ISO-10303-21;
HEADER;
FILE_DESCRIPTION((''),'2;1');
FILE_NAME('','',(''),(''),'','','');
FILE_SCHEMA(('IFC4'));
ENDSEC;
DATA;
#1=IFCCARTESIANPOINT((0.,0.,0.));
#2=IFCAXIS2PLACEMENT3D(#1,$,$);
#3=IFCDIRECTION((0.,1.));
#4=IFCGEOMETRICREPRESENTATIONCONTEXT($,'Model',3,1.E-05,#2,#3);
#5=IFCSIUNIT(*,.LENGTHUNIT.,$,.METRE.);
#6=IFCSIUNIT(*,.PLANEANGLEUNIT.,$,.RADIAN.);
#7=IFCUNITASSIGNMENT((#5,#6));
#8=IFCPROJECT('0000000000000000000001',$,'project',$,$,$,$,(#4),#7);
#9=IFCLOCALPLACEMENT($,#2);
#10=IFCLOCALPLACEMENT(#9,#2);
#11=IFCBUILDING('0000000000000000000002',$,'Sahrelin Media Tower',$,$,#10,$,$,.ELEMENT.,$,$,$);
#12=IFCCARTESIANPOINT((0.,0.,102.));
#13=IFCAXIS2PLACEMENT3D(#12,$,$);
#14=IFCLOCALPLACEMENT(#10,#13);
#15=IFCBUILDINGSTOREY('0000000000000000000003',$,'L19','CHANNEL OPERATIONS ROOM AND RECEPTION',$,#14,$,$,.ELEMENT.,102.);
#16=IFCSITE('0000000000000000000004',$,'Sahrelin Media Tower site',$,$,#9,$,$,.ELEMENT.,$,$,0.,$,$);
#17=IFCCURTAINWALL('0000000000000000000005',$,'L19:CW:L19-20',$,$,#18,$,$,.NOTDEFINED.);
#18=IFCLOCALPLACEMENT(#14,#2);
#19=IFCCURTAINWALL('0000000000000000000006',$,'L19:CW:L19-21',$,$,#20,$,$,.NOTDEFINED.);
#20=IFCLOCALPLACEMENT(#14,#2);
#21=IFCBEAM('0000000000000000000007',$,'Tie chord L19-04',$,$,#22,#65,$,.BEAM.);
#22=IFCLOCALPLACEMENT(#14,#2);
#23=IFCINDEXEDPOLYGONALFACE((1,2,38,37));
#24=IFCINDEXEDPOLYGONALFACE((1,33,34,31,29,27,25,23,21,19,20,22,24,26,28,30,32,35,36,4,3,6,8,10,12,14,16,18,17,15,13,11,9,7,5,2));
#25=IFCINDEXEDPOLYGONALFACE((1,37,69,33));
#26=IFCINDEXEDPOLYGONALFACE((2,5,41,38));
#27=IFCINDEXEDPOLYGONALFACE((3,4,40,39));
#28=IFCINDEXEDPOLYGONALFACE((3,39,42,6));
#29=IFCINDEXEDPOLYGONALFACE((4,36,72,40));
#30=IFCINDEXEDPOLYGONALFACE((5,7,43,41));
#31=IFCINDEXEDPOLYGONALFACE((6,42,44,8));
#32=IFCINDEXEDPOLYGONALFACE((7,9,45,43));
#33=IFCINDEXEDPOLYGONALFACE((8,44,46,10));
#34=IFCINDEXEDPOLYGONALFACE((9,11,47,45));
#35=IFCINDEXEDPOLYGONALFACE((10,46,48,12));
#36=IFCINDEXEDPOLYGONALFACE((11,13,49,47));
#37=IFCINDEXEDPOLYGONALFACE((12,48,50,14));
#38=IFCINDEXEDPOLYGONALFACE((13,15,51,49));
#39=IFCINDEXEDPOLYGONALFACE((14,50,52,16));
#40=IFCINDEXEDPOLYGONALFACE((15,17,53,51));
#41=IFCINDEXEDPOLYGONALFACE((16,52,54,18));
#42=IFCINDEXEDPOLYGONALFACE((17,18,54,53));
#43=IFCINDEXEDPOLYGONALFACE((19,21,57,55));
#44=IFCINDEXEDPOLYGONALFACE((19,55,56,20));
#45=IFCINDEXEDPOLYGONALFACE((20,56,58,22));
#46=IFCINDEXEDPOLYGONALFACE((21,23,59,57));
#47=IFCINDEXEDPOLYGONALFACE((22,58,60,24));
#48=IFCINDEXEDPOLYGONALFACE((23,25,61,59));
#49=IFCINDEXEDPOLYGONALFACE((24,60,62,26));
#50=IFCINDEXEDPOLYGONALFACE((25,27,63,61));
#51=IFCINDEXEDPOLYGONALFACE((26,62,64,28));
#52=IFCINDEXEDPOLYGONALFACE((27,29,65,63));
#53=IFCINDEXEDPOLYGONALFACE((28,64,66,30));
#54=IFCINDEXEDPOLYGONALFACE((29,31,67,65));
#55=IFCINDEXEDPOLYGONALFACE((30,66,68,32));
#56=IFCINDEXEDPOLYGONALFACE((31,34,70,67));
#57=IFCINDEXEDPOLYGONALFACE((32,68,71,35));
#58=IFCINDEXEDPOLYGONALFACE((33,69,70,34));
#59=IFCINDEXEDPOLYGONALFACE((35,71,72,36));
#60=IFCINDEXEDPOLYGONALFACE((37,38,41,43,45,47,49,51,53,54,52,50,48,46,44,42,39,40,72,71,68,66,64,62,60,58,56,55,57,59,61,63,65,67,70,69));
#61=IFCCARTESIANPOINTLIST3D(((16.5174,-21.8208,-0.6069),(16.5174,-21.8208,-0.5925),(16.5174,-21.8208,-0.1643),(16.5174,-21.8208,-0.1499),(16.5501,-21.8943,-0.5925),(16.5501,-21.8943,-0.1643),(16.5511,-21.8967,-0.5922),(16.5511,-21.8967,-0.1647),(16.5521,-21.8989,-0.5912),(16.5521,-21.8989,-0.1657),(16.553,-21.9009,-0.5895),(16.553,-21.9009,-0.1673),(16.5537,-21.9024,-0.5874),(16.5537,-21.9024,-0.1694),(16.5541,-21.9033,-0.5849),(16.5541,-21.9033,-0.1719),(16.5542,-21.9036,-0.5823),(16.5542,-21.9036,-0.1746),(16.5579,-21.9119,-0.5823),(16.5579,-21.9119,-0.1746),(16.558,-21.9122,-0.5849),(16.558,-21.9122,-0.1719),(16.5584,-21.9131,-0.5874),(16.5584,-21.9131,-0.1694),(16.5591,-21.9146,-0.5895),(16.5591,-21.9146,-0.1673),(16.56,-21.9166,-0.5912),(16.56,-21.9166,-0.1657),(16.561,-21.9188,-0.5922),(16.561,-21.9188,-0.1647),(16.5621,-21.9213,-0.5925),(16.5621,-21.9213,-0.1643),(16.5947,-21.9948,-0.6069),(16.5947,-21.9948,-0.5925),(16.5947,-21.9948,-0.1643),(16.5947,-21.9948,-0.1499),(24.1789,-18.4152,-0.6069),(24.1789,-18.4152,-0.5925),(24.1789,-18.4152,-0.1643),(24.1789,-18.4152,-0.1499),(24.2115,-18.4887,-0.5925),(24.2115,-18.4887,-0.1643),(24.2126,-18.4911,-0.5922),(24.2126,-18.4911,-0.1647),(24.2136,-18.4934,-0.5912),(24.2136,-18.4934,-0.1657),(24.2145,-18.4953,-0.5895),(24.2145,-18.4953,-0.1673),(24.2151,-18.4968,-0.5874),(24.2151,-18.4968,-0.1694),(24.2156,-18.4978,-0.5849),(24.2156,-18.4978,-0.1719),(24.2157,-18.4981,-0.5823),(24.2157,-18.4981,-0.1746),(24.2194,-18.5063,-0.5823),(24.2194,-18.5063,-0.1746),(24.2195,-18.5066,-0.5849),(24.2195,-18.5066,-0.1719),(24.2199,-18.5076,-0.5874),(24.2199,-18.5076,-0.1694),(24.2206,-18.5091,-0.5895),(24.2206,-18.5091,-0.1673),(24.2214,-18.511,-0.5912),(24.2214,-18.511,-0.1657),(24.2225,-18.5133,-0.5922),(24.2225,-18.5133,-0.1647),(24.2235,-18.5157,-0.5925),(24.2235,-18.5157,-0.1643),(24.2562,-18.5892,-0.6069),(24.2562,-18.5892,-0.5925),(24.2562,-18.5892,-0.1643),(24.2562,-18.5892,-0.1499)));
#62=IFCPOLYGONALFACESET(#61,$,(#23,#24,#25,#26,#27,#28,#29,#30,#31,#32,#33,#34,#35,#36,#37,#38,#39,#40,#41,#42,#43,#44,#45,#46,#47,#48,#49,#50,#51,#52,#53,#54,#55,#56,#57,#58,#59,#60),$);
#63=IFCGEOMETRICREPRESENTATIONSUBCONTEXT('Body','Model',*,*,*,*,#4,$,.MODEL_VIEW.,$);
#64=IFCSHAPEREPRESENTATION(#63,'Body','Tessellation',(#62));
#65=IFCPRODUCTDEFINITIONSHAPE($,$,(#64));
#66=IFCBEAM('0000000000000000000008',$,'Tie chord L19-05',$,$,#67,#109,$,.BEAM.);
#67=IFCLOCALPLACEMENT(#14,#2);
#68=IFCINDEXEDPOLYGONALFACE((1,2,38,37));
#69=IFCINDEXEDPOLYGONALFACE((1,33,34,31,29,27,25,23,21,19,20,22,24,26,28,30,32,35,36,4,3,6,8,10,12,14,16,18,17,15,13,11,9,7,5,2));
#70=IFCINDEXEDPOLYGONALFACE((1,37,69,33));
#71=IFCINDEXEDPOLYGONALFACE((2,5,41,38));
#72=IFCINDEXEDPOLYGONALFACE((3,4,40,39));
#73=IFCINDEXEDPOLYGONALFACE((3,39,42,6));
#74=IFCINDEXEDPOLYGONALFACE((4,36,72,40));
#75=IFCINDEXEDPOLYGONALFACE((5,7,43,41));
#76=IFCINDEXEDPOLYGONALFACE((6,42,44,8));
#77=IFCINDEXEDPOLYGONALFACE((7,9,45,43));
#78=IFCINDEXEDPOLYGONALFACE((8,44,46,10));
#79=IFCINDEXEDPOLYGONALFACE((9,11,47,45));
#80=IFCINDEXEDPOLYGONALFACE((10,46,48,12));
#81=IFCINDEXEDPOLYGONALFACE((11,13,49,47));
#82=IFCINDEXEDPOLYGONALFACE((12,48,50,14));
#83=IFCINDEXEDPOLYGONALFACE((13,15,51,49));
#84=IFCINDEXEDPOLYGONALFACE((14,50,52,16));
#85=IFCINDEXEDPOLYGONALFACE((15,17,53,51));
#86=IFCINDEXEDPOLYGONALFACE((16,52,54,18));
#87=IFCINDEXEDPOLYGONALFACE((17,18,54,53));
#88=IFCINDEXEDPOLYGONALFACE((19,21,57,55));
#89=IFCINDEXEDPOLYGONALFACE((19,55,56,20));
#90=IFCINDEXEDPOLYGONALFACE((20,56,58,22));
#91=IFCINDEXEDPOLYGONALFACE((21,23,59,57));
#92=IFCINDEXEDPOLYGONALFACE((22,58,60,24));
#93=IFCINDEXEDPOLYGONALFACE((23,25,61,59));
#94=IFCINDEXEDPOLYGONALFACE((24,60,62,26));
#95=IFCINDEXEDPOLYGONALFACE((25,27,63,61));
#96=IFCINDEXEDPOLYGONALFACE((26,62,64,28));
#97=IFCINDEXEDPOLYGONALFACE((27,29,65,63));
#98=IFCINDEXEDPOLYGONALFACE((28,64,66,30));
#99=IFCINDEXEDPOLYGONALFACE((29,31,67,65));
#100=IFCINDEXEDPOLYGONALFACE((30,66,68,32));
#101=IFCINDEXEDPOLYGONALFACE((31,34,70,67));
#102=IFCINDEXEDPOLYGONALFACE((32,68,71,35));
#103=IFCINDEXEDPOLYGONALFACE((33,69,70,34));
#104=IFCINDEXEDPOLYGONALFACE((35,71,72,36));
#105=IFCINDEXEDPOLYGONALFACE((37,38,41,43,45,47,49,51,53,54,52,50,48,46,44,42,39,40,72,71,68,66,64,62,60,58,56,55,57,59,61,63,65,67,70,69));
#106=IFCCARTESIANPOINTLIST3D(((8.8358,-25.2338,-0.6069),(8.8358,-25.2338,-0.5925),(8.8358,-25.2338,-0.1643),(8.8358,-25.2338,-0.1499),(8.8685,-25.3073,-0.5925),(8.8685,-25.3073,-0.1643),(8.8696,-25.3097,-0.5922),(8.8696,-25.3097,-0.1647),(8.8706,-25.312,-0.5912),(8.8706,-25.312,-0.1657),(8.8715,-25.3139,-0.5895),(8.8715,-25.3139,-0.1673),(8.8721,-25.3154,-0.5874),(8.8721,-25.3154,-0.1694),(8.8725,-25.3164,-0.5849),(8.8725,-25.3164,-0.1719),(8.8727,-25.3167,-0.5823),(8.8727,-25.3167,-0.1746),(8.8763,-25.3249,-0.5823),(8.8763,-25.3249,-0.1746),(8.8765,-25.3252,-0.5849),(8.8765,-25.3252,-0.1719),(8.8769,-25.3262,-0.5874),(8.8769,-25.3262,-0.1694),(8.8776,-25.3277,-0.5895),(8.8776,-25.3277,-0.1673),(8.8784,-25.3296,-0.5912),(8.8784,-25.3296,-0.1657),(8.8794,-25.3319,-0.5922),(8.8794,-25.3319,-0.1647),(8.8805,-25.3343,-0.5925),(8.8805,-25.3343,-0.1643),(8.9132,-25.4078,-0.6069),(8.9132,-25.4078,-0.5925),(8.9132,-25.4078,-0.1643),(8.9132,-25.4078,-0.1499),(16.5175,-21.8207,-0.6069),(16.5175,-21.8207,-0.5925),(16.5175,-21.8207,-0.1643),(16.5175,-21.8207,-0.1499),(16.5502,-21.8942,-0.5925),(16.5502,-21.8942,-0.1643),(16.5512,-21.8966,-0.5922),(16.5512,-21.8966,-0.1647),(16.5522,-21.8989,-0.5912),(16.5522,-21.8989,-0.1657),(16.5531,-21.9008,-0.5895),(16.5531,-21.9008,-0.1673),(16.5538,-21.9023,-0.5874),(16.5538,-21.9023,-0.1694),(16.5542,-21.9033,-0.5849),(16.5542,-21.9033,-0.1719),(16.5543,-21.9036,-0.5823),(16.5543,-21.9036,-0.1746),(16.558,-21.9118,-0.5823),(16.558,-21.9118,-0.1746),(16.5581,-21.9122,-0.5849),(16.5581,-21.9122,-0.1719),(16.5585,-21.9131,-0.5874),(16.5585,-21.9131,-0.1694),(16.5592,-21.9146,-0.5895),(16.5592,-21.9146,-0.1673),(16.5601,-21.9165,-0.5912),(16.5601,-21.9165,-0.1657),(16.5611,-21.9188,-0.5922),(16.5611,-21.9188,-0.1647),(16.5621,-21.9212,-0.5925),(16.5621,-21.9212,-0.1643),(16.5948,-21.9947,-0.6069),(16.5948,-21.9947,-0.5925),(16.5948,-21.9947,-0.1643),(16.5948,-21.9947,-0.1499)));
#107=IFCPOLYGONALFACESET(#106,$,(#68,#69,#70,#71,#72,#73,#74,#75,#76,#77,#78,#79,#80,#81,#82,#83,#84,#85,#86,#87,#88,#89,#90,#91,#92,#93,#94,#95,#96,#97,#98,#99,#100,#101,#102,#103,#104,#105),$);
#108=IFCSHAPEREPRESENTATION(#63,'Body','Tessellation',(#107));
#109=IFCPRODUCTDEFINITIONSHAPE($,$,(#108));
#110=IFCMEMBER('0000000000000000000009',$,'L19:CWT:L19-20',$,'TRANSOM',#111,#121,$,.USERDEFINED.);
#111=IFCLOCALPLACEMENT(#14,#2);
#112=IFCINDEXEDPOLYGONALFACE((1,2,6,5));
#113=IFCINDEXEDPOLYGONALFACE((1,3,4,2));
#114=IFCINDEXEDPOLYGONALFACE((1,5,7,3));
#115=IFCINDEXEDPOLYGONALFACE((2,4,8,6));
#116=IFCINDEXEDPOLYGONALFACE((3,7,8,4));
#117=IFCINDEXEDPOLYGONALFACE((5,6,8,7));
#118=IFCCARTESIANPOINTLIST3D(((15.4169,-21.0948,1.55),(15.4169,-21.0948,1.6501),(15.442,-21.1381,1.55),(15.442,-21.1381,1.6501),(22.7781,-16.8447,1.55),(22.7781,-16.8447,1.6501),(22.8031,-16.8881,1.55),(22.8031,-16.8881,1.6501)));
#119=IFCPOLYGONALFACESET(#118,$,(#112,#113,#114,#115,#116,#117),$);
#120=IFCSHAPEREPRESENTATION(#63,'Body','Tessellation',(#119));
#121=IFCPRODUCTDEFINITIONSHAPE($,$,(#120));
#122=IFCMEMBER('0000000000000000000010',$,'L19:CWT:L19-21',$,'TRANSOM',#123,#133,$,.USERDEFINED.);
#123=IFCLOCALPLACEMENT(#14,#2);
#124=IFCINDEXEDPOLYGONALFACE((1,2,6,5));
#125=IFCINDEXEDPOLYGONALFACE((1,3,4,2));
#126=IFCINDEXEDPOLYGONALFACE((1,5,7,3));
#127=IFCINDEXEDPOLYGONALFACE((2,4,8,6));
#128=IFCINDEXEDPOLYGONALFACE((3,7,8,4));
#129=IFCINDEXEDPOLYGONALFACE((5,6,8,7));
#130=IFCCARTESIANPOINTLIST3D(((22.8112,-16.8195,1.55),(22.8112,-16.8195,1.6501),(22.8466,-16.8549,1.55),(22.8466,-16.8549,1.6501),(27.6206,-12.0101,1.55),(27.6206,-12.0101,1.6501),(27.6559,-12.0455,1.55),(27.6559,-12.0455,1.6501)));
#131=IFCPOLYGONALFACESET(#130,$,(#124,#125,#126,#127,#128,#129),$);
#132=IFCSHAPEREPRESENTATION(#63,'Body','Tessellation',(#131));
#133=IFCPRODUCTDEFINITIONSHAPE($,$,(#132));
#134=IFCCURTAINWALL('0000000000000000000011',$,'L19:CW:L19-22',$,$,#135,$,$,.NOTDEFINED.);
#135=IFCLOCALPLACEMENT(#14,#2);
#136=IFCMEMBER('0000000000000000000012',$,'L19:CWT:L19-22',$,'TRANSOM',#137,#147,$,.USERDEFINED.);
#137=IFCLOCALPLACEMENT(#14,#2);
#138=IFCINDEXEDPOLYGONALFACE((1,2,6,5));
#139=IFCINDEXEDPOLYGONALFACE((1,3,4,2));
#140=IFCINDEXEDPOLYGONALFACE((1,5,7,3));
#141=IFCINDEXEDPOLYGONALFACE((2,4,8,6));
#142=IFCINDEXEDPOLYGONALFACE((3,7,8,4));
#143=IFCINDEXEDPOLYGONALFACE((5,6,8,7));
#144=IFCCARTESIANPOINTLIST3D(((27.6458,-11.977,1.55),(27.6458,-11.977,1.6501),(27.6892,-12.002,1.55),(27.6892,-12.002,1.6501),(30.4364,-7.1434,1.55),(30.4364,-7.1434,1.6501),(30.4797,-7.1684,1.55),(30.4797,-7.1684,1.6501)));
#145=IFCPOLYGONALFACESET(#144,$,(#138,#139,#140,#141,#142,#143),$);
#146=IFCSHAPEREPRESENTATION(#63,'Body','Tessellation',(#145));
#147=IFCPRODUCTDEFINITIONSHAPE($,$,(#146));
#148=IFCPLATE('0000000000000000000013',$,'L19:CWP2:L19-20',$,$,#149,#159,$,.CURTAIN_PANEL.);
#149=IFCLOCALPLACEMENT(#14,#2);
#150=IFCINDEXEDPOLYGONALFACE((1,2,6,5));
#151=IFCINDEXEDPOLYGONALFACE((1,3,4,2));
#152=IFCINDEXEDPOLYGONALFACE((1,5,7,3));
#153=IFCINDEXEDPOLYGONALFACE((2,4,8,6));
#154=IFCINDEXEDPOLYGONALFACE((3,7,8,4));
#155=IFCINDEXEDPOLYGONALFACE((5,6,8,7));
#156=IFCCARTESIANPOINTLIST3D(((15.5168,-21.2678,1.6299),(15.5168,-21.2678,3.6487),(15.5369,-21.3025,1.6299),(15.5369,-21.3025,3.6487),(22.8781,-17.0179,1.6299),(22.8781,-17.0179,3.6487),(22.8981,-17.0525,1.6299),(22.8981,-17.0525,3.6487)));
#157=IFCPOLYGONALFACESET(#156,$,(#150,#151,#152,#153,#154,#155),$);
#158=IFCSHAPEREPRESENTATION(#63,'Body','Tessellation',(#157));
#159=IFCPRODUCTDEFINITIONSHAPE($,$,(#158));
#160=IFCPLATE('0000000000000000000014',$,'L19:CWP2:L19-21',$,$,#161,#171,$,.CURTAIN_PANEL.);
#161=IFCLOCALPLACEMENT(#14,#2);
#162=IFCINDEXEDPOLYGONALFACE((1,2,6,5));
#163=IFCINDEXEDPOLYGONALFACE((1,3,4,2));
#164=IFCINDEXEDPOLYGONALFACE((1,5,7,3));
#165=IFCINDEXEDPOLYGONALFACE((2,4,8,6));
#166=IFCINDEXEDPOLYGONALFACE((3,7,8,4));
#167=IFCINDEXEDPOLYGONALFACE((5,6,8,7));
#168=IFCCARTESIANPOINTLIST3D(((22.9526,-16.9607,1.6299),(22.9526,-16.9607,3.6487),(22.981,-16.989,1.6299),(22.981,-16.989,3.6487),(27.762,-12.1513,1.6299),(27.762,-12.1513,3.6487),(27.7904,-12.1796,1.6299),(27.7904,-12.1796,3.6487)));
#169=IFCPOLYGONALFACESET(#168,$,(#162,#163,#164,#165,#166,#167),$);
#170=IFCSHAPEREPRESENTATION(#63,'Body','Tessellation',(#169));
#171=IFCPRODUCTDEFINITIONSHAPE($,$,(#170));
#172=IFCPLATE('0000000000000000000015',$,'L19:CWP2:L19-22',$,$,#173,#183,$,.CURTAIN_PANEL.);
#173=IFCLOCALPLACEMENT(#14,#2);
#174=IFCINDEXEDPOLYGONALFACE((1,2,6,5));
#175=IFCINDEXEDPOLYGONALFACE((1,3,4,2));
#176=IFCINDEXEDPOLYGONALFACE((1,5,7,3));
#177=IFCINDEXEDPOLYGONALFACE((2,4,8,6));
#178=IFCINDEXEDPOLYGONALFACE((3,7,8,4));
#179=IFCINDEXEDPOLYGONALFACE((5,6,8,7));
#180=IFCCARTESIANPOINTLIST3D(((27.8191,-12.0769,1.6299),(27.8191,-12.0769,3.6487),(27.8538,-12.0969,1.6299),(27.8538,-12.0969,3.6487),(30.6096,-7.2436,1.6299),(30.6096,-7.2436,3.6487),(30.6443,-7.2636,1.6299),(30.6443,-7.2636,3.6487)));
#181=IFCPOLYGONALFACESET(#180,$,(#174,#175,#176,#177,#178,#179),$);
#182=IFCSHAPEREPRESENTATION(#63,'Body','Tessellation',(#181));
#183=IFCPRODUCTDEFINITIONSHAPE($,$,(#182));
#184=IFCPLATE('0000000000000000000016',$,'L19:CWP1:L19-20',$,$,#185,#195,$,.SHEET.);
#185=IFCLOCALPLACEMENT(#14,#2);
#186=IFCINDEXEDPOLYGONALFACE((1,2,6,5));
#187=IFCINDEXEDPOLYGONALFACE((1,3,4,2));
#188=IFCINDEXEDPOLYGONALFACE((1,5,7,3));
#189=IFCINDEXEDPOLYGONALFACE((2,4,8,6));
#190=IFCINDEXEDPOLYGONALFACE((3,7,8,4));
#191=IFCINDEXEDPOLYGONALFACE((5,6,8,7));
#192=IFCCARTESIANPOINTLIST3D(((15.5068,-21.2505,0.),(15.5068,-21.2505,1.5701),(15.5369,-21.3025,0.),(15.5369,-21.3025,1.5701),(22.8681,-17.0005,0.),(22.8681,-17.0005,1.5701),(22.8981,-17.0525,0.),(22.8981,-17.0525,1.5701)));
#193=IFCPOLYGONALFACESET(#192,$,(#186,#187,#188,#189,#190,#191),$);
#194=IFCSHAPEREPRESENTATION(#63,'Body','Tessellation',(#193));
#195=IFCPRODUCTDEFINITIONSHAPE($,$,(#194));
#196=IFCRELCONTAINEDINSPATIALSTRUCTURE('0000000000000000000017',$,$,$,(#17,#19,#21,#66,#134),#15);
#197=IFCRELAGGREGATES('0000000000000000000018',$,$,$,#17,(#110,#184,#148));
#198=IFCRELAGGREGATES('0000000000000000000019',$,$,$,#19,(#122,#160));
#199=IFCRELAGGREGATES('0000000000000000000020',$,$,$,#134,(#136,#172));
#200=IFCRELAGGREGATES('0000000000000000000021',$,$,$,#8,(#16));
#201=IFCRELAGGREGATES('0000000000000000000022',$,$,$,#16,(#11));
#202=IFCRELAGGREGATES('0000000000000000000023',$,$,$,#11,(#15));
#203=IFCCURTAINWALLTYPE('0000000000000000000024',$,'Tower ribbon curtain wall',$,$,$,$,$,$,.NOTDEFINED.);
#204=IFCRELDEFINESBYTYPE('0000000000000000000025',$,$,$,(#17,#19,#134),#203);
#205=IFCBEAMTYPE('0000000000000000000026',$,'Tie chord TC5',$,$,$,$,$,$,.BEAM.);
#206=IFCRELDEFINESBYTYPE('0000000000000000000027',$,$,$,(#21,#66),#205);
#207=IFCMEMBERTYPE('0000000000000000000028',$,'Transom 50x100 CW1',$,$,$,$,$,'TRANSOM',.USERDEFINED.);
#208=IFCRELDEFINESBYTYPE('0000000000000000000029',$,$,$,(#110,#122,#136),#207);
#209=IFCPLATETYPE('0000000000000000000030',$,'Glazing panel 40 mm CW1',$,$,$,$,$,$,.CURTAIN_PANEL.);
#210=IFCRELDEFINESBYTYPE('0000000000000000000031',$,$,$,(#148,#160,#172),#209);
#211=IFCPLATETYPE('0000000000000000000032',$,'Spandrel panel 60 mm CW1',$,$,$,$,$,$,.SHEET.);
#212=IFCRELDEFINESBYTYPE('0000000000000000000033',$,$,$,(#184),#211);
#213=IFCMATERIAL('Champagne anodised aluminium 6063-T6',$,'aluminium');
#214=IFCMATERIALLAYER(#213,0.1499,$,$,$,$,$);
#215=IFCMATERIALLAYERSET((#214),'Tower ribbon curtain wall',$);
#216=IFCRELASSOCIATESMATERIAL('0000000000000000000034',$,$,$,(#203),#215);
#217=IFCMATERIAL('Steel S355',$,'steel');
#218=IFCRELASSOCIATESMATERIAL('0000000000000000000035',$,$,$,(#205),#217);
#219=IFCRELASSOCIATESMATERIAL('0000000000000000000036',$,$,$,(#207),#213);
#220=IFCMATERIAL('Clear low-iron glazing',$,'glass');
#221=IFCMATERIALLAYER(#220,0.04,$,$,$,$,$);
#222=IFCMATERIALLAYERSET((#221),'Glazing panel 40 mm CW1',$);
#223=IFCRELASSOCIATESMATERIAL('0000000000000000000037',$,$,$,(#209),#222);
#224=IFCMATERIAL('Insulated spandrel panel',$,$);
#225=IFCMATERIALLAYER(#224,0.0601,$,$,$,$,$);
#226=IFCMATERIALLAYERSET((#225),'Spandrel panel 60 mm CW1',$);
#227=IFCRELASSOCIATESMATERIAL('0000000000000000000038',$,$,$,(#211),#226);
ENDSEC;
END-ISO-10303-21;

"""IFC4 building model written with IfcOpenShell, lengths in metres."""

from ifc_helpers import new_model, si_unit, direction, frame, origin, origin_2d, place, context, subcontext, project, spatial, polyline, rectangle, i_section, outline, extrude, material, layer, layer_set, material_profile, profile_set, type_object, element, aggregate, save


model = new_model("IFC4")

# Units and contexts
model_context = context("Model", 3, precision=1e-05, world=origin(), true_north=direction((0.0, 1.0)))
body_context = subcontext(model_context, "Body", "Model", "MODEL_VIEW")
ifc_project = project(units=[si_unit("LENGTHUNIT", "METRE"), si_unit("PLANEANGLEUNIT", "RADIAN")], contexts=[model_context])

# Site, building, storey
site_placement = place(None, origin())
site = spatial("IfcSite", under=ifc_project, at=site_placement, Name="Sahrelin Media Tower site", CompositionType="ELEMENT", RefElevation=0.0)
building_placement = place(site_placement, origin())
building = spatial("IfcBuilding", under=site, at=building_placement, Name="Sahrelin Media Tower", CompositionType="ELEMENT")
storey_placement = place(building_placement, frame((0.0, 0.0, 102.0)))
storey = spatial("IfcBuildingStorey", under=building, at=storey_placement, Name="L19", Description="CHANNEL OPERATIONS ROOM AND RECEPTION", CompositionType="ELEMENT", Elevation=102.0)

# Shared definitions
ifc_material_1 = material(Name="Steel S355", Category="steel")

# Curtain walls
ifc_material_2 = material(Name="Champagne anodised aluminium 6063-T6", Category="aluminium")
ifc_layer_1 = layer(ifc_material_2, 0.1499)
ifc_layer_set_1 = layer_set([ifc_layer_1], Name="Tower ribbon curtain wall")
curtain_wall_type = type_object("IfcCurtainWallType", Name="Tower ribbon curtain wall", PredefinedType="NOTDEFINED", material=ifc_layer_set_1)
curtain_wall_1_placement = place(storey_placement, frame((19.2075, -19.1604, 0.0), z_axis=(0.0, 0.0, 1.0), x_axis=(1.0, 0.0, 0.0)))
curtain_wall_1 = element("IfcCurtainWall", 1, at=curtain_wall_1_placement, inside=storey, type_object=curtain_wall_type, Name="L19:CW:L19-20", PredefinedType="NOTDEFINED")
curtain_wall_2_placement = place(storey_placement, frame((25.3713, -14.5703, 0.0), z_axis=(0.0, 0.0, 1.0), x_axis=(1.0, 0.0, 0.0)))
curtain_wall_2 = element("IfcCurtainWall", 2, at=curtain_wall_2_placement, inside=storey, type_object=curtain_wall_type, Name="L19:CW:L19-21", PredefinedType="NOTDEFINED")

# Beams
ifc_material_profile_1 = material_profile(ifc_material_1, i_section(OverallWidth=0.1904, OverallDepth=0.457, WebThickness=0.009, FlangeThickness=0.0144, FilletRadius=0.0103, at=origin_2d()), Name="UB 457x191x74")
ifc_profile_set_1 = profile_set([ifc_material_profile_1], Name="Steel S355")
beam_type_1 = type_object("IfcBeamType", Name="Tie chord TC5", PredefinedType="BEAM", material=ifc_profile_set_1)
beam_1_placement = place(storey_placement, frame((24.2175, -18.5022, -0.3784), z_axis=(-0.913791, -0.406184, 0.0), x_axis=(0.406184, -0.913791, 0.0)))
element("IfcBeam", 3, at=beam_1_placement, inside=storey, type_object=beam_type_1, Name="Tie chord L19-04", PredefinedType="BEAM", context=body_context, shape_type="SweptSolid", body=[
    extrude(i_section(OverallWidth=0.1904, OverallDepth=0.457, WebThickness=0.009, FlangeThickness=0.0144, FilletRadius=0.0103, at=origin_2d()), origin(), (0.0, 0.0, 1.0), 8.3843),
])
beam_2_placement = place(storey_placement, frame((16.5562, -21.9077, -0.3784), z_axis=(-0.913855, -0.406041, 0.0), x_axis=(0.406041, -0.913855, 0.0)))
element("IfcBeam", 4, at=beam_2_placement, inside=storey, type_object=beam_type_1, Name="Tie chord L19-05", PredefinedType="BEAM", context=body_context, shape_type="SweptSolid", body=[
    extrude(i_section(OverallWidth=0.1904, OverallDepth=0.457, WebThickness=0.009, FlangeThickness=0.0144, FilletRadius=0.0103, at=origin_2d()), origin(), (0.0, 0.0, 1.0), 8.4058),
])

# Members
ifc_material_profile_2 = material_profile(ifc_material_2, rectangle(XDim=0.05, YDim=0.1001, at=origin_2d()), Name="Transom 50x100")
ifc_profile_set_2 = profile_set([ifc_material_profile_2], Name="Champagne anodised aluminium 6063-T6")
member_type_1 = type_object("IfcMemberType", Name="Transom 50x100 CW1", ElementType="TRANSOM", PredefinedType="USERDEFINED", material=ifc_profile_set_2)
member_1_placement = place(storey_placement, frame((15.4294, -21.1165, 1.6001), z_axis=(0.866022, 0.500007, 0.0), x_axis=(-0.500007, 0.866022, 0.0)))
member_1 = element("IfcMember", 5, at=member_1_placement, type_object=member_type_1, Name="L19:CWT:L19-20", ObjectType="TRANSOM", PredefinedType="USERDEFINED", context=body_context, shape_type="SweptSolid", body=[
    extrude(rectangle(XDim=0.05, YDim=0.1001, at=origin_2d()), origin(), (0.0, 0.0, 1.0), 8.5),
])
member_2_placement = place(storey_placement, frame((22.8289, -16.8372, 1.6001), z_axis=(0.707107, 0.707107, 0.0), x_axis=(-0.707107, 0.707107, 0.0)))
member_2 = element("IfcMember", 6, at=member_2_placement, type_object=member_type_1, Name="L19:CWT:L19-21", ObjectType="TRANSOM", PredefinedType="USERDEFINED", context=body_context, shape_type="SweptSolid", body=[
    extrude(rectangle(XDim=0.05, YDim=0.1001, at=origin_2d()), origin(), (0.0, 0.0, 1.0), 6.8015),
])

# Curtain wall, member
curtain_wall_3_placement = place(storey_placement, frame((29.2317, -9.6704, 0.0), z_axis=(0.0, 0.0, 1.0), x_axis=(1.0, 0.0, 0.0)))
curtain_wall_3 = element("IfcCurtainWall", 7, at=curtain_wall_3_placement, inside=storey, type_object=curtain_wall_type, Name="L19:CW:L19-22", PredefinedType="NOTDEFINED")
member_3_placement = place(storey_placement, frame((27.6675, -11.9895, 1.6001), z_axis=(0.499988, 0.866033, 0.0), x_axis=(-0.866033, 0.499988, 0.0)))
member_3 = element("IfcMember", 8, at=member_3_placement, type_object=member_type_1, Name="L19:CWT:L19-22", ObjectType="TRANSOM", PredefinedType="USERDEFINED", context=body_context, shape_type="SweptSolid", body=[
    extrude(rectangle(XDim=0.05, YDim=0.1001, at=origin_2d()), origin(), (0.0, 0.0, 1.0), 5.5813),
])

# Plates
ifc_material_3 = material(Name="Clear low-iron glazing", Category="glass")
ifc_layer_2 = layer(ifc_material_3, 0.04)
ifc_layer_set_2 = layer_set([ifc_layer_2], Name="Glazing panel 40 mm CW1")
plate_type_1 = type_object("IfcPlateType", Name="Glazing panel 40 mm CW1", PredefinedType="CURTAIN_PANEL", material=ifc_layer_set_2)
plate_1_placement = place(storey_placement, frame((15.5369, -21.3025, 1.6299), z_axis=(0.499994, -0.866029, 0.0), x_axis=(0.866029, 0.499994, 0.0)))
plate_1 = element("IfcPlate", 9, at=plate_1_placement, type_object=plate_type_1, Name="L19:CWP2:L19-20", PredefinedType="CURTAIN_PANEL", context=body_context, shape_type="SweptSolid", body=[
    extrude(outline(polyline([(0.0, 0.0), (8.5, 0.0), (8.5, 2.0188), (0.0, 2.0188), (0.0, 0.0)])), origin(), (0.0, 0.0, -1.0), 0.04),
])
plate_2_placement = place(storey_placement, frame((22.981, -16.989, 1.6299), z_axis=(0.707107, -0.707107, 0.0), x_axis=(0.707107, 0.707107, 0.0)))
plate_2 = element("IfcPlate", 10, at=plate_2_placement, type_object=plate_type_1, Name="L19:CWP2:L19-21", PredefinedType="CURTAIN_PANEL", context=body_context, shape_type="SweptSolid", body=[
    extrude(outline(polyline([(0.0, 0.0), (6.8015, 0.0), (6.8015, 2.0188), (0.0, 2.0188), (0.0, 0.0)])), origin(), (0.0, 0.0, -1.0), 0.04),
])
plate_3_placement = place(storey_placement, frame((27.8538, -12.0969, 1.6299), z_axis=(0.866022, -0.500006, 0.0), x_axis=(0.500006, 0.866022, 0.0)))
plate_3 = element("IfcPlate", 11, at=plate_3_placement, type_object=plate_type_1, Name="L19:CWP2:L19-22", PredefinedType="CURTAIN_PANEL", context=body_context, shape_type="SweptSolid", body=[
    extrude(outline(polyline([(0.0, 0.0), (5.5811, 0.0), (5.5811, 2.0188), (0.0, 2.0188), (0.0, 0.0)])), origin(), (0.0, 0.0, -1.0), 0.04),
])
ifc_material_4 = material(Name="Insulated spandrel panel")
ifc_layer_3 = layer(ifc_material_4, 0.0601)
ifc_layer_set_3 = layer_set([ifc_layer_3], Name="Spandrel panel 60 mm CW1")
plate_type_2 = type_object("IfcPlateType", Name="Spandrel panel 60 mm CW1", PredefinedType="SHEET", material=ifc_layer_set_3)
plate_4_placement = place(storey_placement, frame((15.5369, -21.3025, 0.0), z_axis=(0.499994, -0.866029, 0.0), x_axis=(0.866029, 0.499994, 0.0)))
plate_4 = element("IfcPlate", 12, at=plate_4_placement, type_object=plate_type_2, Name="L19:CWP1:L19-20", PredefinedType="SHEET", context=body_context, shape_type="SweptSolid", body=[
    extrude(outline(polyline([(0.0, 0.0), (8.5, 0.0), (8.5, 1.5701), (0.0, 1.5701), (0.0, 0.0)])), origin(), (0.0, 0.0, -1.0), 0.0601),
])
aggregate(curtain_wall_1, [member_1, plate_4, plate_1])
aggregate(curtain_wall_2, [member_2, plate_2])
aggregate(curtain_wall_3, [member_3, plate_3])

save(model, "model.ifc")
